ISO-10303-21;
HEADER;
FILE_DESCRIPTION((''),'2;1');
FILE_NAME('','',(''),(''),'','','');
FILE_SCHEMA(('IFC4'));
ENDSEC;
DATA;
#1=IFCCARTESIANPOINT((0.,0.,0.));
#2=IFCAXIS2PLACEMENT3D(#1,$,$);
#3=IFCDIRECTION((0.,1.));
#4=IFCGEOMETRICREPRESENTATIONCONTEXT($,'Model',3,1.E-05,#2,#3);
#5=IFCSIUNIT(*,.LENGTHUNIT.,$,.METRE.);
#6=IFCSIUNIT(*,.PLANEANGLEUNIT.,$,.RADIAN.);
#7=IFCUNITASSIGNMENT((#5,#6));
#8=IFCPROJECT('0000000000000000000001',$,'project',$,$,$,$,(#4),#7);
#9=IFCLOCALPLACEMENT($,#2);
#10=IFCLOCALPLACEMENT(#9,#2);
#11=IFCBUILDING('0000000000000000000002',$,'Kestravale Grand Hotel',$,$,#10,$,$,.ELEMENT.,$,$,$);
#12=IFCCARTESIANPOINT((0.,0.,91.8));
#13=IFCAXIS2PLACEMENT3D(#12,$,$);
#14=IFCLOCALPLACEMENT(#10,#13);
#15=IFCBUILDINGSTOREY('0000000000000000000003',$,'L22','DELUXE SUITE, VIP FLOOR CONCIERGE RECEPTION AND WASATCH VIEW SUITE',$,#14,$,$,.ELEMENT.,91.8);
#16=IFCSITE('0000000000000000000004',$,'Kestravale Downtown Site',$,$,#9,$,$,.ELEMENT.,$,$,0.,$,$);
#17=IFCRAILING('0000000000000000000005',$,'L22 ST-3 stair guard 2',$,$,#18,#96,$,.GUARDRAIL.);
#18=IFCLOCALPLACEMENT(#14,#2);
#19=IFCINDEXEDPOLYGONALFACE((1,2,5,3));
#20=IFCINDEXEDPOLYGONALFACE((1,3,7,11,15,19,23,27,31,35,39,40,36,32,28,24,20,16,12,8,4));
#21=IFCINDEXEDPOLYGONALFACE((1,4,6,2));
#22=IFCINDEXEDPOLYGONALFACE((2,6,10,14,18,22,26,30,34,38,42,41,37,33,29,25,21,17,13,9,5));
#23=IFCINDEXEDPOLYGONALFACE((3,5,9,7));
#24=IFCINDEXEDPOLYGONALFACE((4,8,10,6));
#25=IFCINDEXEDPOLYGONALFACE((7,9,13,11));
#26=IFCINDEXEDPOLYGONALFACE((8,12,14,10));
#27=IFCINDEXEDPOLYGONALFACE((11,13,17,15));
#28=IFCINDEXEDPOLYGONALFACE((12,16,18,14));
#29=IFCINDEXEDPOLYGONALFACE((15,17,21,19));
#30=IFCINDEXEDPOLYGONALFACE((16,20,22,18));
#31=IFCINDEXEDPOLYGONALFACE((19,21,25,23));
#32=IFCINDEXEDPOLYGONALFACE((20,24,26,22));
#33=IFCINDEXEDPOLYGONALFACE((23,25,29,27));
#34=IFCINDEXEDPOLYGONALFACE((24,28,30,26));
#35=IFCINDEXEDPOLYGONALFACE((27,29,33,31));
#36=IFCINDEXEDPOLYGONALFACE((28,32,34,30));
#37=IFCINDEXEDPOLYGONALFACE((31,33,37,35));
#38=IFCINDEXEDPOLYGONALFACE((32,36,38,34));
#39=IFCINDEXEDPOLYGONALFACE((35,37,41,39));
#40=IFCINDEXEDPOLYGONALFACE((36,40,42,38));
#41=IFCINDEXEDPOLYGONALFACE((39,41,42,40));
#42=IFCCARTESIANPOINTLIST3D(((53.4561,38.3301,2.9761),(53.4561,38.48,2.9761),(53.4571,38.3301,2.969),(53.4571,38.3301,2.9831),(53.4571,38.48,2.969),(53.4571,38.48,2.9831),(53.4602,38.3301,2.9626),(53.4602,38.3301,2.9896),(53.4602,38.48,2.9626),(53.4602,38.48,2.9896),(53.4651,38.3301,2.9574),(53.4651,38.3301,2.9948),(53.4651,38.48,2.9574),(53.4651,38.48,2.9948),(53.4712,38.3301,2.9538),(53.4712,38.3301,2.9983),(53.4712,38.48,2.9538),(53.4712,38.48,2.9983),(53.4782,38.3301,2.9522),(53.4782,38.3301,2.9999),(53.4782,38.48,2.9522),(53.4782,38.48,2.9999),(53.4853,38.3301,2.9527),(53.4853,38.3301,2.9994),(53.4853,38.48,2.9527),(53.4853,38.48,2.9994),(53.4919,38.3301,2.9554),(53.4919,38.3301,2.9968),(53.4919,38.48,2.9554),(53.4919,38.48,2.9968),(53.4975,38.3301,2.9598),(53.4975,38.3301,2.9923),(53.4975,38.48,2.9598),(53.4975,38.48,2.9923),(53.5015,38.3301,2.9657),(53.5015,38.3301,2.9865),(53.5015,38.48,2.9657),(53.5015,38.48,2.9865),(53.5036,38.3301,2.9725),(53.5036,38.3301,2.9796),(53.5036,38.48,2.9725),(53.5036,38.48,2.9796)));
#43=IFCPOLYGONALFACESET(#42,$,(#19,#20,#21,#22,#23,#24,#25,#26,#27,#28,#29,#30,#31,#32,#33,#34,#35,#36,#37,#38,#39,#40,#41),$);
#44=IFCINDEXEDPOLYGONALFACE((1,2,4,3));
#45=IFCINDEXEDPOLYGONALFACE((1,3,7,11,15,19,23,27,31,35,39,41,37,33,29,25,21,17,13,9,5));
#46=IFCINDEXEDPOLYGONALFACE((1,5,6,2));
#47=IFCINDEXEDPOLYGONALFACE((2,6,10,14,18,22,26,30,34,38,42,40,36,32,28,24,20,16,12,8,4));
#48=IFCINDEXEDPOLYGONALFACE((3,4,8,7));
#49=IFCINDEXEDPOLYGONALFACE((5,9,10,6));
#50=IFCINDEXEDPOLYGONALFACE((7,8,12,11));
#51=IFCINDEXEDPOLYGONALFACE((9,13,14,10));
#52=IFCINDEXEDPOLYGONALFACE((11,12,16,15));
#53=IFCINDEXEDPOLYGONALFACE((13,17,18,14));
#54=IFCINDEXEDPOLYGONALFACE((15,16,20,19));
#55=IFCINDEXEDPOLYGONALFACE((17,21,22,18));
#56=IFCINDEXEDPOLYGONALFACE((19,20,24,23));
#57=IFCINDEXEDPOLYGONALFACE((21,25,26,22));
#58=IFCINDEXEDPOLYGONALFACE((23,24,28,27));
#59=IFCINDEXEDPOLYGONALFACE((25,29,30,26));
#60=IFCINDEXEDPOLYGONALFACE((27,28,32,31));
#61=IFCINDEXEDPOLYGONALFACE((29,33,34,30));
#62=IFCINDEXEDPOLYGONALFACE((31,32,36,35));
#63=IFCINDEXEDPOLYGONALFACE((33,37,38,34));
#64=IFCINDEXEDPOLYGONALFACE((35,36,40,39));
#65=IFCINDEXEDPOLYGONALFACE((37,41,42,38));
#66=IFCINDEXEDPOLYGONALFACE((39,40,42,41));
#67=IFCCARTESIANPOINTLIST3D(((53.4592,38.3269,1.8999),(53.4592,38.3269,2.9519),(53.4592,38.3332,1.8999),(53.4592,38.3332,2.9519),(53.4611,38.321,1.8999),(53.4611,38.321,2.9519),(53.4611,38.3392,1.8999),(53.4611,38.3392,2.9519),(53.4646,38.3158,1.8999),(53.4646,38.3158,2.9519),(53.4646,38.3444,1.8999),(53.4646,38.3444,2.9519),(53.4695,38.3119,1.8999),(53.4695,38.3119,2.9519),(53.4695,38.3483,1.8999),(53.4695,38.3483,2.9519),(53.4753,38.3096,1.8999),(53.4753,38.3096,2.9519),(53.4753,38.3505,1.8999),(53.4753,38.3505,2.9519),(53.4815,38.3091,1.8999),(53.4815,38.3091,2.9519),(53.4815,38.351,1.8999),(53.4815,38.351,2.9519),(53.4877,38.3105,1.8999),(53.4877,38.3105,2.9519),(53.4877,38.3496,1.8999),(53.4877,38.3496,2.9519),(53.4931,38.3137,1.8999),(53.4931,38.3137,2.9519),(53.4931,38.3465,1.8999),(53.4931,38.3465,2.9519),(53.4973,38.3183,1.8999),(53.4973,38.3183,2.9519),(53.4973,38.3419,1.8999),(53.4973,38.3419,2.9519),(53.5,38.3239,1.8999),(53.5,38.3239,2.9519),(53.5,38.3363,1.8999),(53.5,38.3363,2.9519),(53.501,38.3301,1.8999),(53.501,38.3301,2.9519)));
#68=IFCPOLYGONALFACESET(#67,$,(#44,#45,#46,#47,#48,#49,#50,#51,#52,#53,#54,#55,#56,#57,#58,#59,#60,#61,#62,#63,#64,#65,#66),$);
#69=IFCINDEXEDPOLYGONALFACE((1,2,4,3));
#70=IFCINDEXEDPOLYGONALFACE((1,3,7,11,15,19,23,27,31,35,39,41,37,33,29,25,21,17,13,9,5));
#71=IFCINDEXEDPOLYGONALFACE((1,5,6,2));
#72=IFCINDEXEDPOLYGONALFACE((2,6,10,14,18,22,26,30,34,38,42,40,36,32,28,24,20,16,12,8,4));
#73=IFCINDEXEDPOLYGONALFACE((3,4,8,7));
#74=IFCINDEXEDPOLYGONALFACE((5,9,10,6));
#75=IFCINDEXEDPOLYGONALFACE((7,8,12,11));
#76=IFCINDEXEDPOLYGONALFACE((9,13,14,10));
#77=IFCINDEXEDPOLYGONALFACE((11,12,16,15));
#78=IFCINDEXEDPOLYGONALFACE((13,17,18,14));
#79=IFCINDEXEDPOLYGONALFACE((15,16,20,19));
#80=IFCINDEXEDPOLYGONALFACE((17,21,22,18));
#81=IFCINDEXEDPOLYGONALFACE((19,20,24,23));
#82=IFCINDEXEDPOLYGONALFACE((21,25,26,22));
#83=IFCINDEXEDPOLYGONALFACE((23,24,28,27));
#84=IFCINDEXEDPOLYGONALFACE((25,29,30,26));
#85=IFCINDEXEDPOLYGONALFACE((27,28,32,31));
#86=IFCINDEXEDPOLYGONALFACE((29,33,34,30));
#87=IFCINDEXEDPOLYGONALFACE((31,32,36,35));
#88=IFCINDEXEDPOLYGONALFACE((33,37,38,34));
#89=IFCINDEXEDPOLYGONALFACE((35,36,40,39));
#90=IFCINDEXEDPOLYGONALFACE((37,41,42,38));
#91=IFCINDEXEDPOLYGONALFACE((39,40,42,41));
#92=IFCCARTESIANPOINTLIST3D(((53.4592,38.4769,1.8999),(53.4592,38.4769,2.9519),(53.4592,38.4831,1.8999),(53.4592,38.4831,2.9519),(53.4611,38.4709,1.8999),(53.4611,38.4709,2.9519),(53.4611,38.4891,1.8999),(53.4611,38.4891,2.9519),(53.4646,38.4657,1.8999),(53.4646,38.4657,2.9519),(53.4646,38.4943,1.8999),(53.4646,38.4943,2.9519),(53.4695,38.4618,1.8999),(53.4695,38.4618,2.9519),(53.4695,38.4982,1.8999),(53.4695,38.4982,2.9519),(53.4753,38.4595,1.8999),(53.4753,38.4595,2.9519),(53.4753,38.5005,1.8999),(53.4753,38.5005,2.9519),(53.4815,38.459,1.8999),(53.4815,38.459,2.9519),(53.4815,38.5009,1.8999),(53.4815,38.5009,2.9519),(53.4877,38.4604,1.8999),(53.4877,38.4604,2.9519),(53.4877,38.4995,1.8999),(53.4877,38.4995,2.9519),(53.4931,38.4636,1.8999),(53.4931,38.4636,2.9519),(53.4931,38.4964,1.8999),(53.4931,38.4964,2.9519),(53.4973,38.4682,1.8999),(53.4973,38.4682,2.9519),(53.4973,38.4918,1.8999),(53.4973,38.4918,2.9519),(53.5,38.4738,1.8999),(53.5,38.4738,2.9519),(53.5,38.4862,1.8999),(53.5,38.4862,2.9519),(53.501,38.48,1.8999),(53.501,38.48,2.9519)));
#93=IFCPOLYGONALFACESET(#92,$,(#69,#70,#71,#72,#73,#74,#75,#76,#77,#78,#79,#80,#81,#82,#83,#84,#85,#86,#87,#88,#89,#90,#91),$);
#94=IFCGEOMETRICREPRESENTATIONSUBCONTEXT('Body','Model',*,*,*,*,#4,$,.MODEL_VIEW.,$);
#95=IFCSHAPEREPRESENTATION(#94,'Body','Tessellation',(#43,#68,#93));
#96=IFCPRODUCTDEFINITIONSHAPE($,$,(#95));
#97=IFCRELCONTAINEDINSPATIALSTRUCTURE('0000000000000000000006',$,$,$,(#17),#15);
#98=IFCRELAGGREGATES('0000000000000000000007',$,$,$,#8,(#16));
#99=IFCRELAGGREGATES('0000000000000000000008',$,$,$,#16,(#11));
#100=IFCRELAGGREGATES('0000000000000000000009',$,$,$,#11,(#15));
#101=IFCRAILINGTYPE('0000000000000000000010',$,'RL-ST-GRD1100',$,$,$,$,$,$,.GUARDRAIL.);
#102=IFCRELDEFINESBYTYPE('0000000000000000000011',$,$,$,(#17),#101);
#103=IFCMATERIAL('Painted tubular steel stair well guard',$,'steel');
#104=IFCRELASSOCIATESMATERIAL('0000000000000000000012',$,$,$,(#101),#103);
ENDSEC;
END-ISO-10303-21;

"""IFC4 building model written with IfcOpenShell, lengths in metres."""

from ifc_helpers import new_model, si_unit, direction, frame, origin, origin_2d, place, context, subcontext, project, spatial, circle, extrude, material, type_object, element, save


model = new_model("IFC4")

# Units and contexts
model_context = context("Model", 3, precision=1e-05, world=origin(), true_north=direction((0.0, 1.0)))
body_context = subcontext(model_context, "Body", "Model", "MODEL_VIEW")
ifc_project = project(units=[si_unit("LENGTHUNIT", "METRE"), si_unit("PLANEANGLEUNIT", "RADIAN")], contexts=[model_context])

# Site, building, storey
site_placement = place(None, origin())
site = spatial("IfcSite", under=ifc_project, at=site_placement, Name="Kestravale Downtown Site", CompositionType="ELEMENT", RefElevation=0.0)
building_placement = place(site_placement, origin())
building = spatial("IfcBuilding", under=site, at=building_placement, Name="Kestravale Grand Hotel", CompositionType="ELEMENT")
storey_placement = place(building_placement, frame((0.0, 0.0, 91.8)))
storey = spatial("IfcBuildingStorey", under=building, at=storey_placement, Name="L22", Description="DELUXE SUITE, VIP FLOOR CONCIERGE RECEPTION AND WASATCH VIEW SUITE", CompositionType="ELEMENT", Elevation=91.8)

# Railing
ifc_material_1 = material(Name="Painted tubular steel stair well guard", Category="steel")
railing_type_1 = type_object("IfcRailingType", Name="RL-ST-GRD1100", PredefinedType="GUARDRAIL", material=ifc_material_1)
railing_1_placement = place(storey_placement, frame((53.48, 38.3301, 1.8999)))
element("IfcRailing", 1, at=railing_1_placement, inside=storey, type_object=railing_type_1, Name="L22 ST-3 stair guard 2", PredefinedType="GUARDRAIL", context=body_context, shape_type="SweptSolid", body=[
    extrude(circle(Radius=0.0239, at=origin_2d()), frame((0.0, 0.0, 1.0762), z_axis=(0.0, 1.0, 0.0), x_axis=(-1.0, 0.0, 0.0)), (0.0, 0.0, 1.0), 0.1499),
    extrude(circle(Radius=0.021, at=origin_2d()), origin(), (0.0, 0.0, 1.0), 1.052),
    extrude(circle(Radius=0.021, at=origin_2d()), frame((0.0, 0.1499, 0.0)), (0.0, 0.0, 1.0), 1.052),
])

save(model, "model.ifc")
